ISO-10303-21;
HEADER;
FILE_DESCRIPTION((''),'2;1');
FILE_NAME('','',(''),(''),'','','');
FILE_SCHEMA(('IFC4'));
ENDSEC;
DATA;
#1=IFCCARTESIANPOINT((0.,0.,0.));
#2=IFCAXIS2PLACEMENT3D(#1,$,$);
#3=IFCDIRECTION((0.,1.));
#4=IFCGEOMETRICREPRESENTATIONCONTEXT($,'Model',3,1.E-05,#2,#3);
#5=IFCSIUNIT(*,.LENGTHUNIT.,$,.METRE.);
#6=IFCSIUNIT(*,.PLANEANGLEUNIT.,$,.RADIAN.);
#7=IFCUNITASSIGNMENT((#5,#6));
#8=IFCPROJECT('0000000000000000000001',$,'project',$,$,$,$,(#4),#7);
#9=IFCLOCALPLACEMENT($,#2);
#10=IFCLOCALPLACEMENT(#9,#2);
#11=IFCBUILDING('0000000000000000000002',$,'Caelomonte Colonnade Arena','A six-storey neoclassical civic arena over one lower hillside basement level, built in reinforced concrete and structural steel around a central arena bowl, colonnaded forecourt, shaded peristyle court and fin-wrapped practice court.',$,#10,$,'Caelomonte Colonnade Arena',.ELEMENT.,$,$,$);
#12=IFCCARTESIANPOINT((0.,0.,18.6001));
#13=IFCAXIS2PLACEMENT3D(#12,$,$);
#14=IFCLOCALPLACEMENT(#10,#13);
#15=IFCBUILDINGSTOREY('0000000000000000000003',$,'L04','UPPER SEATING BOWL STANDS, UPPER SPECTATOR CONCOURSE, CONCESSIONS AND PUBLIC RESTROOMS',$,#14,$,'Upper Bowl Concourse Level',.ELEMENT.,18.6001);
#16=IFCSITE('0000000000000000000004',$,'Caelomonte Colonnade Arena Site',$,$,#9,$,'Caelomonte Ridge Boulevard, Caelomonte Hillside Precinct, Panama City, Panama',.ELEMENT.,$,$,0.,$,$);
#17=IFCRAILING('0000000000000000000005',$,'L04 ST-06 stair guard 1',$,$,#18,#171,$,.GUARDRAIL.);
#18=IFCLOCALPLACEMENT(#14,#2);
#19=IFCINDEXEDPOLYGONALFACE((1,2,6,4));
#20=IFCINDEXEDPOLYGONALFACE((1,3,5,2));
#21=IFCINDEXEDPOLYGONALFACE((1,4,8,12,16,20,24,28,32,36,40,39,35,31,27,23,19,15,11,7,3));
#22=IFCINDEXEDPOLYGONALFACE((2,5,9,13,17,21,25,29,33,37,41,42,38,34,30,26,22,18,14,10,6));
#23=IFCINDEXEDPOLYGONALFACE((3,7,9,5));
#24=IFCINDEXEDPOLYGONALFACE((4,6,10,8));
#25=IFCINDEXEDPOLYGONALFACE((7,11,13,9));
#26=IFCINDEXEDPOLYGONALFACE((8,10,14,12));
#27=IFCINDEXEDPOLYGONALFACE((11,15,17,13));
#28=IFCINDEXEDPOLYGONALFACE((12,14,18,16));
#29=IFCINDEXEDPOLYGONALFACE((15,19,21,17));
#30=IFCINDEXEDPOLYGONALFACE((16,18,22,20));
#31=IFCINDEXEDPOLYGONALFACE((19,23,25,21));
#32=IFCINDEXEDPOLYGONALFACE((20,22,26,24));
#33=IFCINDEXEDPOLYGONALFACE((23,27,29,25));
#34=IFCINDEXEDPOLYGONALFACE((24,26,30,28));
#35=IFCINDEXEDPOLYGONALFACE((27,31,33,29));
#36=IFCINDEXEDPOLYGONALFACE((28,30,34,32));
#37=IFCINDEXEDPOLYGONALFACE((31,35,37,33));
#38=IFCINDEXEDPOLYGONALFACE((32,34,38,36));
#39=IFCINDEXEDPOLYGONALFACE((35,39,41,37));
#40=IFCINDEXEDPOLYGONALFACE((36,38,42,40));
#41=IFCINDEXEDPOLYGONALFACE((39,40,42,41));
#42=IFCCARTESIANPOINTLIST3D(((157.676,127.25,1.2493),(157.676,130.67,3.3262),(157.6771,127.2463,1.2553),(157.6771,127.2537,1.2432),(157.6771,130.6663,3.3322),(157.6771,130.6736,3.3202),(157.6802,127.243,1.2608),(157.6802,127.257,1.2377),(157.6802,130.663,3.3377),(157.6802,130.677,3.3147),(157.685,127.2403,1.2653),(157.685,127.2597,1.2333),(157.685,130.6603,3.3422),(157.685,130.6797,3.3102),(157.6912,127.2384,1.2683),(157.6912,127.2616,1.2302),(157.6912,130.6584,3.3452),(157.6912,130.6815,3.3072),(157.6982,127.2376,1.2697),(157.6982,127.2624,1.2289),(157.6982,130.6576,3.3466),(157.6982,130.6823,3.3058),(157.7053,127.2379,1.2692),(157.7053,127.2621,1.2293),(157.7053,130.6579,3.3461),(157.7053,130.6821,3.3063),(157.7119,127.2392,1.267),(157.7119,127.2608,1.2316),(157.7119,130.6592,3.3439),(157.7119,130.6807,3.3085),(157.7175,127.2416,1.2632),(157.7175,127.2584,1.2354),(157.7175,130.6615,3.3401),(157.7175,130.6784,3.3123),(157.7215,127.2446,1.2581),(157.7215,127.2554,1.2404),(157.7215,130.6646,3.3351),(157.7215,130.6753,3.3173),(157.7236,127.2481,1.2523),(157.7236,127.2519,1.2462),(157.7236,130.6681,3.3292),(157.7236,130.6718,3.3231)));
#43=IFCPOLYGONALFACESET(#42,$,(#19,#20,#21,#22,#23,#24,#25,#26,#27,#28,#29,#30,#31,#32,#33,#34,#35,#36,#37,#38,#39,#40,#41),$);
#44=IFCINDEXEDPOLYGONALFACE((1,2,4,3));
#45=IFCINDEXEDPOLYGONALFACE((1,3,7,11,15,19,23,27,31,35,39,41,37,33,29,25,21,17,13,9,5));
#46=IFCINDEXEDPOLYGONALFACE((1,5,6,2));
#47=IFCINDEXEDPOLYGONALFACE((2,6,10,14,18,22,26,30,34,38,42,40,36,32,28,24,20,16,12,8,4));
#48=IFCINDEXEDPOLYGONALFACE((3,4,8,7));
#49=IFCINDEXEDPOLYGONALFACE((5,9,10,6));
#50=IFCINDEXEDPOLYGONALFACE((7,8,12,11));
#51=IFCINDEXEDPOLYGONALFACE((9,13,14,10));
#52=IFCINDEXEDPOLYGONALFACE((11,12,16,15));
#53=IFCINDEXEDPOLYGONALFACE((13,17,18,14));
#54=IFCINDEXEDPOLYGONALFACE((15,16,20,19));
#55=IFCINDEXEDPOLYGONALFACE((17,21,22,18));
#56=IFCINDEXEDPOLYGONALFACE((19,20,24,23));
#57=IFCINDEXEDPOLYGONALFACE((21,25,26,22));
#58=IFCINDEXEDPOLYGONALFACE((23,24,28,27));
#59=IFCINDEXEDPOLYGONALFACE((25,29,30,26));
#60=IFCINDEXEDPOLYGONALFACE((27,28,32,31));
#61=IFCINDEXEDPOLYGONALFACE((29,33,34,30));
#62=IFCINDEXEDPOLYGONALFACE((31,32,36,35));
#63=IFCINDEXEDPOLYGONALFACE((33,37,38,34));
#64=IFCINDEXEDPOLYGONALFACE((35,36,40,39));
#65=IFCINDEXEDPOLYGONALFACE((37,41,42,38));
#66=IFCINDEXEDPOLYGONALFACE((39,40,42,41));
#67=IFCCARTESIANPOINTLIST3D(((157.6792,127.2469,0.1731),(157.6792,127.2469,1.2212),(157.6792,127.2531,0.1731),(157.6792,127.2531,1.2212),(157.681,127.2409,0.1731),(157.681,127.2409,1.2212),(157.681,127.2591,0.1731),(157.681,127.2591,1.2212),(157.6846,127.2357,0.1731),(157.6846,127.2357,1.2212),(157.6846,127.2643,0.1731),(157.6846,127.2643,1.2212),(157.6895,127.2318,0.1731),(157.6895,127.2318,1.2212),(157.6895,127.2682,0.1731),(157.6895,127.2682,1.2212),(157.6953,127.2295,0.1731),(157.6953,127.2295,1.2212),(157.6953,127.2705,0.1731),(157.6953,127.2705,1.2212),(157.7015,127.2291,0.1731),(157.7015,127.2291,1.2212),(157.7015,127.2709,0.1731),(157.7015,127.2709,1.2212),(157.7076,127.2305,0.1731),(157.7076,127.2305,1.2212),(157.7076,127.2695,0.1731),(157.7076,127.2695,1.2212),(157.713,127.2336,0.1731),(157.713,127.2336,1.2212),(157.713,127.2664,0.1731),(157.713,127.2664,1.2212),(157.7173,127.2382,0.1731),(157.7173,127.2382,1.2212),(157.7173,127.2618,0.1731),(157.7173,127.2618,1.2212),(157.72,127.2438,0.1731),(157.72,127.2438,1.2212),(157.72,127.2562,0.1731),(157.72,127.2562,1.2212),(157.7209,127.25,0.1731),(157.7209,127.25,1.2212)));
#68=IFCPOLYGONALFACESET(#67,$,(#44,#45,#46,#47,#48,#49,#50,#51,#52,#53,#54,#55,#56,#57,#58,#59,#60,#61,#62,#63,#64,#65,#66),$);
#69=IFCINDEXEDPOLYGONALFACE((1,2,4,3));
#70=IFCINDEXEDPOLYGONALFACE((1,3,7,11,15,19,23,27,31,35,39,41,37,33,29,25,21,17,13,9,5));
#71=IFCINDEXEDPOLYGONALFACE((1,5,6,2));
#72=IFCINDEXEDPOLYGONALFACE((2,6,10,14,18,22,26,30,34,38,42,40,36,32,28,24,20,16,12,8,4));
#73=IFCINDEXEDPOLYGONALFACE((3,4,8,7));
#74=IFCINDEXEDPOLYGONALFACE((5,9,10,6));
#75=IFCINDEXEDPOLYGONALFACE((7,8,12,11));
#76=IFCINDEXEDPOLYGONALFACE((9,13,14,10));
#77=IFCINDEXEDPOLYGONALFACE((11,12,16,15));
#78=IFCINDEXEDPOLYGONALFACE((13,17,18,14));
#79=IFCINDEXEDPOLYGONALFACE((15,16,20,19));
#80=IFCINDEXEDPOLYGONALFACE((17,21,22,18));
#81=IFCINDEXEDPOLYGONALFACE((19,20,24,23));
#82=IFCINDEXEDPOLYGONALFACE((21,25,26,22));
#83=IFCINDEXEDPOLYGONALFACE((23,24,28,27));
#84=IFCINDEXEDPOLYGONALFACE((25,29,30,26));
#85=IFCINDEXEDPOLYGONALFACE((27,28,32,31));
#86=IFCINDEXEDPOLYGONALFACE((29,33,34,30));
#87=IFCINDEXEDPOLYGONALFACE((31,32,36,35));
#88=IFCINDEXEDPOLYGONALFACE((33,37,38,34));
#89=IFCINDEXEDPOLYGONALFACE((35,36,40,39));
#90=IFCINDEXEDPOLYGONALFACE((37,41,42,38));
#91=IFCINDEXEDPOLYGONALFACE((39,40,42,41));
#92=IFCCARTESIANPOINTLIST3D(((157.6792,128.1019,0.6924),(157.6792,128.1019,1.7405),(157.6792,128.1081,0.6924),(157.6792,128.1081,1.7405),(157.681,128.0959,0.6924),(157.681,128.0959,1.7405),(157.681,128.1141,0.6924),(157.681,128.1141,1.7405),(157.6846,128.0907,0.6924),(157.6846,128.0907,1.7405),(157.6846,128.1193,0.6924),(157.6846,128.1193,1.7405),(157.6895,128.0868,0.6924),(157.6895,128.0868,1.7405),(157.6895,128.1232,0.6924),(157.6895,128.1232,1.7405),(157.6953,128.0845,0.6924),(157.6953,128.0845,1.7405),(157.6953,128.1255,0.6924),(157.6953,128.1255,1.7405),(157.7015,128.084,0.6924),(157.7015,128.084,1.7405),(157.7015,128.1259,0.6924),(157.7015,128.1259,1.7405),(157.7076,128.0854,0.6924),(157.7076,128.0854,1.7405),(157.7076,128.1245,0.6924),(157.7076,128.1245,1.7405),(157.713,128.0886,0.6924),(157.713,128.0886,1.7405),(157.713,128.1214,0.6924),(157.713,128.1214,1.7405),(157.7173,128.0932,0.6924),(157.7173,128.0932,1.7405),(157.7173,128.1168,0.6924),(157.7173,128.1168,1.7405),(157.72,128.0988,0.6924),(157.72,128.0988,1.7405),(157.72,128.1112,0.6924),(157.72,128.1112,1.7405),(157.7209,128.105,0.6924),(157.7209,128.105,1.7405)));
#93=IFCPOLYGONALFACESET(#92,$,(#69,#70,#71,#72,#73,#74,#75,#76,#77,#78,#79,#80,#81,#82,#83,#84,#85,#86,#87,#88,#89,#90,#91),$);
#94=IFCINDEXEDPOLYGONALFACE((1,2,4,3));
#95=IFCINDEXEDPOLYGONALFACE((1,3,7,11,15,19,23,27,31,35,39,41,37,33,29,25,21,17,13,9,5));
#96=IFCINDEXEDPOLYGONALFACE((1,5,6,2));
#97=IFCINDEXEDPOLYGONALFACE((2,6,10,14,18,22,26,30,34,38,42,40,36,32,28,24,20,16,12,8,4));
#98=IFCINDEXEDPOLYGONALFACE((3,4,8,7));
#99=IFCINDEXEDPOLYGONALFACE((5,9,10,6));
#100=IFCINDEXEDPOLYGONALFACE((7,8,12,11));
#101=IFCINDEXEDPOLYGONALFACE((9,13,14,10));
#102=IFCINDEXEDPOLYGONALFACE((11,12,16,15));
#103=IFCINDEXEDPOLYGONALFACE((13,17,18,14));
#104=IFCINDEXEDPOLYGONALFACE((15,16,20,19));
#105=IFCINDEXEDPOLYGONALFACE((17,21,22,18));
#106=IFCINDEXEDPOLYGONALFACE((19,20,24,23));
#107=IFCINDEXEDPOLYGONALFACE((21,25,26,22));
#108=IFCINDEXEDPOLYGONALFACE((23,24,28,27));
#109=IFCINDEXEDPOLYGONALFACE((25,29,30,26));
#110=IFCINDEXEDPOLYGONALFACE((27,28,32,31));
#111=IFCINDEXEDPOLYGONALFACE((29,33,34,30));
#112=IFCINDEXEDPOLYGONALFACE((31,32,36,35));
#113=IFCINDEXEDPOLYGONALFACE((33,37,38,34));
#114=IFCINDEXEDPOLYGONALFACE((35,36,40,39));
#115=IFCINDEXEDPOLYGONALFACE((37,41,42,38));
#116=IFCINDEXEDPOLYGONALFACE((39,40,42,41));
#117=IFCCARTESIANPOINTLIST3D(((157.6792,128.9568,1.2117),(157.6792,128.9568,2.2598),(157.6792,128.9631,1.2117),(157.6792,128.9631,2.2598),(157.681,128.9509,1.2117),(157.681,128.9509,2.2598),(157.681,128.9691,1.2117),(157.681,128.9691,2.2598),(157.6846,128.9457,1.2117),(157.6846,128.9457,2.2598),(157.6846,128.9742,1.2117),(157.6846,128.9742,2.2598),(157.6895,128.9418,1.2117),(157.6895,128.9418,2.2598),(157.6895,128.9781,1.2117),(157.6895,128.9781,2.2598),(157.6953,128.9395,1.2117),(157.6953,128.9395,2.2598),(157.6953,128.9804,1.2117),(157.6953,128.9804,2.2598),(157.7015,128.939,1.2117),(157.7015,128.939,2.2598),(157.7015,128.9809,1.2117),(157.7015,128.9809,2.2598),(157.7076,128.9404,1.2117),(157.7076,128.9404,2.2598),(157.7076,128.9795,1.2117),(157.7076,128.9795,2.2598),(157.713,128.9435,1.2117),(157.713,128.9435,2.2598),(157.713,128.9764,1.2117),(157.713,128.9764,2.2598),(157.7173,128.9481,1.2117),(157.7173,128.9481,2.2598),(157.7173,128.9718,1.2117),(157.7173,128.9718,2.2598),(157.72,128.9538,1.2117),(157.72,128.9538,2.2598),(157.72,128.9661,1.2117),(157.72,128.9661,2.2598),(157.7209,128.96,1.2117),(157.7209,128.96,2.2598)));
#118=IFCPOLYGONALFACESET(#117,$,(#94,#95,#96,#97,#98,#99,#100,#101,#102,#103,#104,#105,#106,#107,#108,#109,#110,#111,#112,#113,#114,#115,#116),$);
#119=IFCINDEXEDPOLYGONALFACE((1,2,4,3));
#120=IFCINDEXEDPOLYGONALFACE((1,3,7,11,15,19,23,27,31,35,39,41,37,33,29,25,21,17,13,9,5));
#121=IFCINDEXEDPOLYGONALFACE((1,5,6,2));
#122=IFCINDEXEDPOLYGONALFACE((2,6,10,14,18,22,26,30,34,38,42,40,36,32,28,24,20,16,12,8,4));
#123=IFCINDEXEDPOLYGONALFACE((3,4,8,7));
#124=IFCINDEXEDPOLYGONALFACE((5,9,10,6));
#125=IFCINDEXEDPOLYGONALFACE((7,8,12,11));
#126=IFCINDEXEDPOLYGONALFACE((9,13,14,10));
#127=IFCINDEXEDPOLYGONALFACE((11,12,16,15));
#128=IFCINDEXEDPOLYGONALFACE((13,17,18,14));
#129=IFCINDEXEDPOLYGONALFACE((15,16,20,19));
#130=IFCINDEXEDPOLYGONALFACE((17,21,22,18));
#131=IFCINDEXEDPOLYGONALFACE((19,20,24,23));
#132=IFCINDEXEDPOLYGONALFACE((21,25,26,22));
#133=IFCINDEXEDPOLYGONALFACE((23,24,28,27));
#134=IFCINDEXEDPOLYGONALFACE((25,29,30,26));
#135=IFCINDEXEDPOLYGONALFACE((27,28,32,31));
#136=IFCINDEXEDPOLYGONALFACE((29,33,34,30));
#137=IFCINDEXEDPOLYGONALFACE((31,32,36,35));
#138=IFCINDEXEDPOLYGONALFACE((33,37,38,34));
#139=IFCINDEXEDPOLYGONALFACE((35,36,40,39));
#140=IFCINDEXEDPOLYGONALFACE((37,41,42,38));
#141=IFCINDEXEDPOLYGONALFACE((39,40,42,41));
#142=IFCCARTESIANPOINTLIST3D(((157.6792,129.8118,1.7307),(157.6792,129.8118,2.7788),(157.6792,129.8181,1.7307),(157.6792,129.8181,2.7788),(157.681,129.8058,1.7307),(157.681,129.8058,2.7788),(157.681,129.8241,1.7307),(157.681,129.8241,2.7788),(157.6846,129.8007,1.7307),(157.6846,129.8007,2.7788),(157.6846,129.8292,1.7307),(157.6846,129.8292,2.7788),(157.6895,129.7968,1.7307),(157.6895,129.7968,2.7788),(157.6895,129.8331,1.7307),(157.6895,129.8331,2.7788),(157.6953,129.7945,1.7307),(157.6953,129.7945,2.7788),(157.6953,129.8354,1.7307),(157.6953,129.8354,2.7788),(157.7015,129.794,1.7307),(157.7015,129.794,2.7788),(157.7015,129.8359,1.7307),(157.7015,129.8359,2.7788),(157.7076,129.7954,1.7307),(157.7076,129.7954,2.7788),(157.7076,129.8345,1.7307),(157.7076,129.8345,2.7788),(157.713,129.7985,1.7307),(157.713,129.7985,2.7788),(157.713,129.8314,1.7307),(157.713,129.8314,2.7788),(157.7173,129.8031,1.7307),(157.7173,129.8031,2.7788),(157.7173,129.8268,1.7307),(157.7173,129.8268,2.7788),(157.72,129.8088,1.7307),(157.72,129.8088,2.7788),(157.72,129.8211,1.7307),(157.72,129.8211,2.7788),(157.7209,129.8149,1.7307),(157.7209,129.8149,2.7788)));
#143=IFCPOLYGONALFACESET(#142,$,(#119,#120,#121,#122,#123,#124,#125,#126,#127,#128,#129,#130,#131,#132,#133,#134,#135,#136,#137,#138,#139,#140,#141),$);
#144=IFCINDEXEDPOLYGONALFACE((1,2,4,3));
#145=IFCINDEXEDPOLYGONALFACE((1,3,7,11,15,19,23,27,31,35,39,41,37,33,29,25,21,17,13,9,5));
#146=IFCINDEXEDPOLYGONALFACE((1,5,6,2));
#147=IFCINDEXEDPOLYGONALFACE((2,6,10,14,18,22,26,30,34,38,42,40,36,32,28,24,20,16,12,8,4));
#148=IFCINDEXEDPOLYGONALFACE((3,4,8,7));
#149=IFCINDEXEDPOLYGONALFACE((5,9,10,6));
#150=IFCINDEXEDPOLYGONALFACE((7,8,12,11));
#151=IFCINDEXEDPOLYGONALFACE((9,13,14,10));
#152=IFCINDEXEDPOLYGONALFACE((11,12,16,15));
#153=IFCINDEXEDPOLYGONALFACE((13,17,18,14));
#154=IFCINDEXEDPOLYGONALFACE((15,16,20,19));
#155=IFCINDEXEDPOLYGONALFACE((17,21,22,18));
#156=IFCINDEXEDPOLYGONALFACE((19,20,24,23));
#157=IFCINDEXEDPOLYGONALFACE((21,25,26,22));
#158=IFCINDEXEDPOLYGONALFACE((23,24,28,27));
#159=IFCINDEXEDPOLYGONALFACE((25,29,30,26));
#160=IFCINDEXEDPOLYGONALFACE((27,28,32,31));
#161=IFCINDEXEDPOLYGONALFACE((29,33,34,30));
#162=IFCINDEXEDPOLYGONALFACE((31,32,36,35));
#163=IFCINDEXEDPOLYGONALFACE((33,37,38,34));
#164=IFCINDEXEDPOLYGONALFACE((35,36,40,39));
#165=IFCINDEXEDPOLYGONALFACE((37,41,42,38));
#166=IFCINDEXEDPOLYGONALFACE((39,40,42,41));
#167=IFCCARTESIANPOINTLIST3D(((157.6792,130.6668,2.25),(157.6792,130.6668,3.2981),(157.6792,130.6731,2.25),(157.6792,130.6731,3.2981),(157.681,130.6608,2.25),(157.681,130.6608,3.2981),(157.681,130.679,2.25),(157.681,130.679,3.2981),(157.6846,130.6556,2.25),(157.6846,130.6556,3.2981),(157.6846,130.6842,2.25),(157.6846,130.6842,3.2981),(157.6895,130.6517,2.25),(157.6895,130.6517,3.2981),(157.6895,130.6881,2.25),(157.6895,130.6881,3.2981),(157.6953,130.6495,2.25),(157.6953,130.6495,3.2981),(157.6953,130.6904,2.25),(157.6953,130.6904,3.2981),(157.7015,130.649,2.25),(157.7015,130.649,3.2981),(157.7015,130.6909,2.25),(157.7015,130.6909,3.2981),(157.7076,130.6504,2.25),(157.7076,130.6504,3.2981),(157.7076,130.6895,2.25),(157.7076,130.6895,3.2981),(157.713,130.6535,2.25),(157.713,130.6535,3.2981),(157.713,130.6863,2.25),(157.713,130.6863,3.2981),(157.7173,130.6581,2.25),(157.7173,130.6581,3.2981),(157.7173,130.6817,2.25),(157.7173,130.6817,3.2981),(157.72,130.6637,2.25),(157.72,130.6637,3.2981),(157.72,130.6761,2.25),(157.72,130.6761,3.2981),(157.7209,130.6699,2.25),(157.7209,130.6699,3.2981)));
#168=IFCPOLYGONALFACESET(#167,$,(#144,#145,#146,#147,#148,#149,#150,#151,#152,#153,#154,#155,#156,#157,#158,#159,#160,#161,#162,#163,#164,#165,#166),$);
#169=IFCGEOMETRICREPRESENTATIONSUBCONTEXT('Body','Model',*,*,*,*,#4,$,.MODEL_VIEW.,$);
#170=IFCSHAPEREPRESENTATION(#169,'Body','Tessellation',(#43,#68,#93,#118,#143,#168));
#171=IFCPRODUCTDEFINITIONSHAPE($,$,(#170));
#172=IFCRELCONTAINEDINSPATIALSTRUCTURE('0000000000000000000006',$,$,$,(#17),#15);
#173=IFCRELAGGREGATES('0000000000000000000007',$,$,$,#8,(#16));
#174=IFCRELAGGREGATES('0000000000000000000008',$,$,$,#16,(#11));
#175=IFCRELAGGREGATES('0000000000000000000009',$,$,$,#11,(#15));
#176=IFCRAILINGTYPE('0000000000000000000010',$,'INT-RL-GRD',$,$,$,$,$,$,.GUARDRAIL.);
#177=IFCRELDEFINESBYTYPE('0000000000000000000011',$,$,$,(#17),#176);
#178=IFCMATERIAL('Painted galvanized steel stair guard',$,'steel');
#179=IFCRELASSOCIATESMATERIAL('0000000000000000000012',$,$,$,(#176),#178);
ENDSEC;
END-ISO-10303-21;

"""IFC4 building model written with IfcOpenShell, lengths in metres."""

from ifc_helpers import new_model, si_unit, direction, frame, origin, origin_2d, place, context, subcontext, project, spatial, circle, extrude, material, type_object, element, save


model = new_model("IFC4")

# Units and contexts
model_context = context("Model", 3, precision=1e-05, world=origin(), true_north=direction((0.0, 1.0)))
body_context = subcontext(model_context, "Body", "Model", "MODEL_VIEW")
ifc_project = project(units=[si_unit("LENGTHUNIT", "METRE"), si_unit("PLANEANGLEUNIT", "RADIAN")], contexts=[model_context])

# Site, building, storey
site_placement = place(None, origin())
site = spatial("IfcSite", under=ifc_project, at=site_placement, Name="Caelomonte Colonnade Arena Site", LongName="Caelomonte Ridge Boulevard, Caelomonte Hillside Precinct, Panama City, Panama", CompositionType="ELEMENT", RefElevation=0.0)
building_placement = place(site_placement, origin())
building = spatial("IfcBuilding", under=site, at=building_placement, Name="Caelomonte Colonnade Arena", Description="A six-storey neoclassical civic arena over one lower hillside basement level, built in reinforced concrete and structural steel around a central arena bowl, colonnaded forecourt, shaded peristyle court and fin-wrapped practice court.", LongName="Caelomonte Colonnade Arena", CompositionType="ELEMENT")
storey_placement = place(building_placement, frame((0.0, 0.0, 18.6001)))
storey = spatial("IfcBuildingStorey", under=building, at=storey_placement, Name="L04", Description="UPPER SEATING BOWL STANDS, UPPER SPECTATOR CONCOURSE, CONCESSIONS AND PUBLIC RESTROOMS", LongName="Upper Bowl Concourse Level", CompositionType="ELEMENT", Elevation=18.6001)

# Railing
ifc_material_1 = material(Name="Painted galvanized steel stair guard", Category="steel")
railing_type = type_object("IfcRailingType", Name="INT-RL-GRD", PredefinedType="GUARDRAIL", material=ifc_material_1)
railing_1_placement = place(storey_placement, frame((157.7, 127.25, 0.1731)))
element("IfcRailing", 1, at=railing_1_placement, inside=storey, type_object=railing_type, Name="L04 ST-06 stair guard 1", PredefinedType="GUARDRAIL", context=body_context, shape_type="SweptSolid", body=[
    extrude(circle(Radius=0.0239, at=origin_2d()), frame((0.0, 0.0, 1.0762), z_axis=(0.0, 0.85473, 0.519074), x_axis=(-1.0, 0.0, 0.0)), (0.0, 0.0, 1.0), 4.0012),
    extrude(circle(Radius=0.021, at=origin_2d()), origin(), (0.0, 0.0, 1.0), 1.0481),
    extrude(circle(Radius=0.021, at=origin_2d()), frame((0.0, 0.855, 0.5193)), (0.0, 0.0, 1.0), 1.0481),
    extrude(circle(Radius=0.021, at=origin_2d()), frame((0.0, 1.71, 1.0386)), (0.0, 0.0, 1.0), 1.0481),
    extrude(circle(Radius=0.021, at=origin_2d()), frame((0.0, 2.5649, 1.5576)), (0.0, 0.0, 1.0), 1.0481),
    extrude(circle(Radius=0.021, at=origin_2d()), frame((0.0, 3.4199, 2.0769)), (0.0, 0.0, 1.0), 1.0481),
])

save(model, "model.ifc")
